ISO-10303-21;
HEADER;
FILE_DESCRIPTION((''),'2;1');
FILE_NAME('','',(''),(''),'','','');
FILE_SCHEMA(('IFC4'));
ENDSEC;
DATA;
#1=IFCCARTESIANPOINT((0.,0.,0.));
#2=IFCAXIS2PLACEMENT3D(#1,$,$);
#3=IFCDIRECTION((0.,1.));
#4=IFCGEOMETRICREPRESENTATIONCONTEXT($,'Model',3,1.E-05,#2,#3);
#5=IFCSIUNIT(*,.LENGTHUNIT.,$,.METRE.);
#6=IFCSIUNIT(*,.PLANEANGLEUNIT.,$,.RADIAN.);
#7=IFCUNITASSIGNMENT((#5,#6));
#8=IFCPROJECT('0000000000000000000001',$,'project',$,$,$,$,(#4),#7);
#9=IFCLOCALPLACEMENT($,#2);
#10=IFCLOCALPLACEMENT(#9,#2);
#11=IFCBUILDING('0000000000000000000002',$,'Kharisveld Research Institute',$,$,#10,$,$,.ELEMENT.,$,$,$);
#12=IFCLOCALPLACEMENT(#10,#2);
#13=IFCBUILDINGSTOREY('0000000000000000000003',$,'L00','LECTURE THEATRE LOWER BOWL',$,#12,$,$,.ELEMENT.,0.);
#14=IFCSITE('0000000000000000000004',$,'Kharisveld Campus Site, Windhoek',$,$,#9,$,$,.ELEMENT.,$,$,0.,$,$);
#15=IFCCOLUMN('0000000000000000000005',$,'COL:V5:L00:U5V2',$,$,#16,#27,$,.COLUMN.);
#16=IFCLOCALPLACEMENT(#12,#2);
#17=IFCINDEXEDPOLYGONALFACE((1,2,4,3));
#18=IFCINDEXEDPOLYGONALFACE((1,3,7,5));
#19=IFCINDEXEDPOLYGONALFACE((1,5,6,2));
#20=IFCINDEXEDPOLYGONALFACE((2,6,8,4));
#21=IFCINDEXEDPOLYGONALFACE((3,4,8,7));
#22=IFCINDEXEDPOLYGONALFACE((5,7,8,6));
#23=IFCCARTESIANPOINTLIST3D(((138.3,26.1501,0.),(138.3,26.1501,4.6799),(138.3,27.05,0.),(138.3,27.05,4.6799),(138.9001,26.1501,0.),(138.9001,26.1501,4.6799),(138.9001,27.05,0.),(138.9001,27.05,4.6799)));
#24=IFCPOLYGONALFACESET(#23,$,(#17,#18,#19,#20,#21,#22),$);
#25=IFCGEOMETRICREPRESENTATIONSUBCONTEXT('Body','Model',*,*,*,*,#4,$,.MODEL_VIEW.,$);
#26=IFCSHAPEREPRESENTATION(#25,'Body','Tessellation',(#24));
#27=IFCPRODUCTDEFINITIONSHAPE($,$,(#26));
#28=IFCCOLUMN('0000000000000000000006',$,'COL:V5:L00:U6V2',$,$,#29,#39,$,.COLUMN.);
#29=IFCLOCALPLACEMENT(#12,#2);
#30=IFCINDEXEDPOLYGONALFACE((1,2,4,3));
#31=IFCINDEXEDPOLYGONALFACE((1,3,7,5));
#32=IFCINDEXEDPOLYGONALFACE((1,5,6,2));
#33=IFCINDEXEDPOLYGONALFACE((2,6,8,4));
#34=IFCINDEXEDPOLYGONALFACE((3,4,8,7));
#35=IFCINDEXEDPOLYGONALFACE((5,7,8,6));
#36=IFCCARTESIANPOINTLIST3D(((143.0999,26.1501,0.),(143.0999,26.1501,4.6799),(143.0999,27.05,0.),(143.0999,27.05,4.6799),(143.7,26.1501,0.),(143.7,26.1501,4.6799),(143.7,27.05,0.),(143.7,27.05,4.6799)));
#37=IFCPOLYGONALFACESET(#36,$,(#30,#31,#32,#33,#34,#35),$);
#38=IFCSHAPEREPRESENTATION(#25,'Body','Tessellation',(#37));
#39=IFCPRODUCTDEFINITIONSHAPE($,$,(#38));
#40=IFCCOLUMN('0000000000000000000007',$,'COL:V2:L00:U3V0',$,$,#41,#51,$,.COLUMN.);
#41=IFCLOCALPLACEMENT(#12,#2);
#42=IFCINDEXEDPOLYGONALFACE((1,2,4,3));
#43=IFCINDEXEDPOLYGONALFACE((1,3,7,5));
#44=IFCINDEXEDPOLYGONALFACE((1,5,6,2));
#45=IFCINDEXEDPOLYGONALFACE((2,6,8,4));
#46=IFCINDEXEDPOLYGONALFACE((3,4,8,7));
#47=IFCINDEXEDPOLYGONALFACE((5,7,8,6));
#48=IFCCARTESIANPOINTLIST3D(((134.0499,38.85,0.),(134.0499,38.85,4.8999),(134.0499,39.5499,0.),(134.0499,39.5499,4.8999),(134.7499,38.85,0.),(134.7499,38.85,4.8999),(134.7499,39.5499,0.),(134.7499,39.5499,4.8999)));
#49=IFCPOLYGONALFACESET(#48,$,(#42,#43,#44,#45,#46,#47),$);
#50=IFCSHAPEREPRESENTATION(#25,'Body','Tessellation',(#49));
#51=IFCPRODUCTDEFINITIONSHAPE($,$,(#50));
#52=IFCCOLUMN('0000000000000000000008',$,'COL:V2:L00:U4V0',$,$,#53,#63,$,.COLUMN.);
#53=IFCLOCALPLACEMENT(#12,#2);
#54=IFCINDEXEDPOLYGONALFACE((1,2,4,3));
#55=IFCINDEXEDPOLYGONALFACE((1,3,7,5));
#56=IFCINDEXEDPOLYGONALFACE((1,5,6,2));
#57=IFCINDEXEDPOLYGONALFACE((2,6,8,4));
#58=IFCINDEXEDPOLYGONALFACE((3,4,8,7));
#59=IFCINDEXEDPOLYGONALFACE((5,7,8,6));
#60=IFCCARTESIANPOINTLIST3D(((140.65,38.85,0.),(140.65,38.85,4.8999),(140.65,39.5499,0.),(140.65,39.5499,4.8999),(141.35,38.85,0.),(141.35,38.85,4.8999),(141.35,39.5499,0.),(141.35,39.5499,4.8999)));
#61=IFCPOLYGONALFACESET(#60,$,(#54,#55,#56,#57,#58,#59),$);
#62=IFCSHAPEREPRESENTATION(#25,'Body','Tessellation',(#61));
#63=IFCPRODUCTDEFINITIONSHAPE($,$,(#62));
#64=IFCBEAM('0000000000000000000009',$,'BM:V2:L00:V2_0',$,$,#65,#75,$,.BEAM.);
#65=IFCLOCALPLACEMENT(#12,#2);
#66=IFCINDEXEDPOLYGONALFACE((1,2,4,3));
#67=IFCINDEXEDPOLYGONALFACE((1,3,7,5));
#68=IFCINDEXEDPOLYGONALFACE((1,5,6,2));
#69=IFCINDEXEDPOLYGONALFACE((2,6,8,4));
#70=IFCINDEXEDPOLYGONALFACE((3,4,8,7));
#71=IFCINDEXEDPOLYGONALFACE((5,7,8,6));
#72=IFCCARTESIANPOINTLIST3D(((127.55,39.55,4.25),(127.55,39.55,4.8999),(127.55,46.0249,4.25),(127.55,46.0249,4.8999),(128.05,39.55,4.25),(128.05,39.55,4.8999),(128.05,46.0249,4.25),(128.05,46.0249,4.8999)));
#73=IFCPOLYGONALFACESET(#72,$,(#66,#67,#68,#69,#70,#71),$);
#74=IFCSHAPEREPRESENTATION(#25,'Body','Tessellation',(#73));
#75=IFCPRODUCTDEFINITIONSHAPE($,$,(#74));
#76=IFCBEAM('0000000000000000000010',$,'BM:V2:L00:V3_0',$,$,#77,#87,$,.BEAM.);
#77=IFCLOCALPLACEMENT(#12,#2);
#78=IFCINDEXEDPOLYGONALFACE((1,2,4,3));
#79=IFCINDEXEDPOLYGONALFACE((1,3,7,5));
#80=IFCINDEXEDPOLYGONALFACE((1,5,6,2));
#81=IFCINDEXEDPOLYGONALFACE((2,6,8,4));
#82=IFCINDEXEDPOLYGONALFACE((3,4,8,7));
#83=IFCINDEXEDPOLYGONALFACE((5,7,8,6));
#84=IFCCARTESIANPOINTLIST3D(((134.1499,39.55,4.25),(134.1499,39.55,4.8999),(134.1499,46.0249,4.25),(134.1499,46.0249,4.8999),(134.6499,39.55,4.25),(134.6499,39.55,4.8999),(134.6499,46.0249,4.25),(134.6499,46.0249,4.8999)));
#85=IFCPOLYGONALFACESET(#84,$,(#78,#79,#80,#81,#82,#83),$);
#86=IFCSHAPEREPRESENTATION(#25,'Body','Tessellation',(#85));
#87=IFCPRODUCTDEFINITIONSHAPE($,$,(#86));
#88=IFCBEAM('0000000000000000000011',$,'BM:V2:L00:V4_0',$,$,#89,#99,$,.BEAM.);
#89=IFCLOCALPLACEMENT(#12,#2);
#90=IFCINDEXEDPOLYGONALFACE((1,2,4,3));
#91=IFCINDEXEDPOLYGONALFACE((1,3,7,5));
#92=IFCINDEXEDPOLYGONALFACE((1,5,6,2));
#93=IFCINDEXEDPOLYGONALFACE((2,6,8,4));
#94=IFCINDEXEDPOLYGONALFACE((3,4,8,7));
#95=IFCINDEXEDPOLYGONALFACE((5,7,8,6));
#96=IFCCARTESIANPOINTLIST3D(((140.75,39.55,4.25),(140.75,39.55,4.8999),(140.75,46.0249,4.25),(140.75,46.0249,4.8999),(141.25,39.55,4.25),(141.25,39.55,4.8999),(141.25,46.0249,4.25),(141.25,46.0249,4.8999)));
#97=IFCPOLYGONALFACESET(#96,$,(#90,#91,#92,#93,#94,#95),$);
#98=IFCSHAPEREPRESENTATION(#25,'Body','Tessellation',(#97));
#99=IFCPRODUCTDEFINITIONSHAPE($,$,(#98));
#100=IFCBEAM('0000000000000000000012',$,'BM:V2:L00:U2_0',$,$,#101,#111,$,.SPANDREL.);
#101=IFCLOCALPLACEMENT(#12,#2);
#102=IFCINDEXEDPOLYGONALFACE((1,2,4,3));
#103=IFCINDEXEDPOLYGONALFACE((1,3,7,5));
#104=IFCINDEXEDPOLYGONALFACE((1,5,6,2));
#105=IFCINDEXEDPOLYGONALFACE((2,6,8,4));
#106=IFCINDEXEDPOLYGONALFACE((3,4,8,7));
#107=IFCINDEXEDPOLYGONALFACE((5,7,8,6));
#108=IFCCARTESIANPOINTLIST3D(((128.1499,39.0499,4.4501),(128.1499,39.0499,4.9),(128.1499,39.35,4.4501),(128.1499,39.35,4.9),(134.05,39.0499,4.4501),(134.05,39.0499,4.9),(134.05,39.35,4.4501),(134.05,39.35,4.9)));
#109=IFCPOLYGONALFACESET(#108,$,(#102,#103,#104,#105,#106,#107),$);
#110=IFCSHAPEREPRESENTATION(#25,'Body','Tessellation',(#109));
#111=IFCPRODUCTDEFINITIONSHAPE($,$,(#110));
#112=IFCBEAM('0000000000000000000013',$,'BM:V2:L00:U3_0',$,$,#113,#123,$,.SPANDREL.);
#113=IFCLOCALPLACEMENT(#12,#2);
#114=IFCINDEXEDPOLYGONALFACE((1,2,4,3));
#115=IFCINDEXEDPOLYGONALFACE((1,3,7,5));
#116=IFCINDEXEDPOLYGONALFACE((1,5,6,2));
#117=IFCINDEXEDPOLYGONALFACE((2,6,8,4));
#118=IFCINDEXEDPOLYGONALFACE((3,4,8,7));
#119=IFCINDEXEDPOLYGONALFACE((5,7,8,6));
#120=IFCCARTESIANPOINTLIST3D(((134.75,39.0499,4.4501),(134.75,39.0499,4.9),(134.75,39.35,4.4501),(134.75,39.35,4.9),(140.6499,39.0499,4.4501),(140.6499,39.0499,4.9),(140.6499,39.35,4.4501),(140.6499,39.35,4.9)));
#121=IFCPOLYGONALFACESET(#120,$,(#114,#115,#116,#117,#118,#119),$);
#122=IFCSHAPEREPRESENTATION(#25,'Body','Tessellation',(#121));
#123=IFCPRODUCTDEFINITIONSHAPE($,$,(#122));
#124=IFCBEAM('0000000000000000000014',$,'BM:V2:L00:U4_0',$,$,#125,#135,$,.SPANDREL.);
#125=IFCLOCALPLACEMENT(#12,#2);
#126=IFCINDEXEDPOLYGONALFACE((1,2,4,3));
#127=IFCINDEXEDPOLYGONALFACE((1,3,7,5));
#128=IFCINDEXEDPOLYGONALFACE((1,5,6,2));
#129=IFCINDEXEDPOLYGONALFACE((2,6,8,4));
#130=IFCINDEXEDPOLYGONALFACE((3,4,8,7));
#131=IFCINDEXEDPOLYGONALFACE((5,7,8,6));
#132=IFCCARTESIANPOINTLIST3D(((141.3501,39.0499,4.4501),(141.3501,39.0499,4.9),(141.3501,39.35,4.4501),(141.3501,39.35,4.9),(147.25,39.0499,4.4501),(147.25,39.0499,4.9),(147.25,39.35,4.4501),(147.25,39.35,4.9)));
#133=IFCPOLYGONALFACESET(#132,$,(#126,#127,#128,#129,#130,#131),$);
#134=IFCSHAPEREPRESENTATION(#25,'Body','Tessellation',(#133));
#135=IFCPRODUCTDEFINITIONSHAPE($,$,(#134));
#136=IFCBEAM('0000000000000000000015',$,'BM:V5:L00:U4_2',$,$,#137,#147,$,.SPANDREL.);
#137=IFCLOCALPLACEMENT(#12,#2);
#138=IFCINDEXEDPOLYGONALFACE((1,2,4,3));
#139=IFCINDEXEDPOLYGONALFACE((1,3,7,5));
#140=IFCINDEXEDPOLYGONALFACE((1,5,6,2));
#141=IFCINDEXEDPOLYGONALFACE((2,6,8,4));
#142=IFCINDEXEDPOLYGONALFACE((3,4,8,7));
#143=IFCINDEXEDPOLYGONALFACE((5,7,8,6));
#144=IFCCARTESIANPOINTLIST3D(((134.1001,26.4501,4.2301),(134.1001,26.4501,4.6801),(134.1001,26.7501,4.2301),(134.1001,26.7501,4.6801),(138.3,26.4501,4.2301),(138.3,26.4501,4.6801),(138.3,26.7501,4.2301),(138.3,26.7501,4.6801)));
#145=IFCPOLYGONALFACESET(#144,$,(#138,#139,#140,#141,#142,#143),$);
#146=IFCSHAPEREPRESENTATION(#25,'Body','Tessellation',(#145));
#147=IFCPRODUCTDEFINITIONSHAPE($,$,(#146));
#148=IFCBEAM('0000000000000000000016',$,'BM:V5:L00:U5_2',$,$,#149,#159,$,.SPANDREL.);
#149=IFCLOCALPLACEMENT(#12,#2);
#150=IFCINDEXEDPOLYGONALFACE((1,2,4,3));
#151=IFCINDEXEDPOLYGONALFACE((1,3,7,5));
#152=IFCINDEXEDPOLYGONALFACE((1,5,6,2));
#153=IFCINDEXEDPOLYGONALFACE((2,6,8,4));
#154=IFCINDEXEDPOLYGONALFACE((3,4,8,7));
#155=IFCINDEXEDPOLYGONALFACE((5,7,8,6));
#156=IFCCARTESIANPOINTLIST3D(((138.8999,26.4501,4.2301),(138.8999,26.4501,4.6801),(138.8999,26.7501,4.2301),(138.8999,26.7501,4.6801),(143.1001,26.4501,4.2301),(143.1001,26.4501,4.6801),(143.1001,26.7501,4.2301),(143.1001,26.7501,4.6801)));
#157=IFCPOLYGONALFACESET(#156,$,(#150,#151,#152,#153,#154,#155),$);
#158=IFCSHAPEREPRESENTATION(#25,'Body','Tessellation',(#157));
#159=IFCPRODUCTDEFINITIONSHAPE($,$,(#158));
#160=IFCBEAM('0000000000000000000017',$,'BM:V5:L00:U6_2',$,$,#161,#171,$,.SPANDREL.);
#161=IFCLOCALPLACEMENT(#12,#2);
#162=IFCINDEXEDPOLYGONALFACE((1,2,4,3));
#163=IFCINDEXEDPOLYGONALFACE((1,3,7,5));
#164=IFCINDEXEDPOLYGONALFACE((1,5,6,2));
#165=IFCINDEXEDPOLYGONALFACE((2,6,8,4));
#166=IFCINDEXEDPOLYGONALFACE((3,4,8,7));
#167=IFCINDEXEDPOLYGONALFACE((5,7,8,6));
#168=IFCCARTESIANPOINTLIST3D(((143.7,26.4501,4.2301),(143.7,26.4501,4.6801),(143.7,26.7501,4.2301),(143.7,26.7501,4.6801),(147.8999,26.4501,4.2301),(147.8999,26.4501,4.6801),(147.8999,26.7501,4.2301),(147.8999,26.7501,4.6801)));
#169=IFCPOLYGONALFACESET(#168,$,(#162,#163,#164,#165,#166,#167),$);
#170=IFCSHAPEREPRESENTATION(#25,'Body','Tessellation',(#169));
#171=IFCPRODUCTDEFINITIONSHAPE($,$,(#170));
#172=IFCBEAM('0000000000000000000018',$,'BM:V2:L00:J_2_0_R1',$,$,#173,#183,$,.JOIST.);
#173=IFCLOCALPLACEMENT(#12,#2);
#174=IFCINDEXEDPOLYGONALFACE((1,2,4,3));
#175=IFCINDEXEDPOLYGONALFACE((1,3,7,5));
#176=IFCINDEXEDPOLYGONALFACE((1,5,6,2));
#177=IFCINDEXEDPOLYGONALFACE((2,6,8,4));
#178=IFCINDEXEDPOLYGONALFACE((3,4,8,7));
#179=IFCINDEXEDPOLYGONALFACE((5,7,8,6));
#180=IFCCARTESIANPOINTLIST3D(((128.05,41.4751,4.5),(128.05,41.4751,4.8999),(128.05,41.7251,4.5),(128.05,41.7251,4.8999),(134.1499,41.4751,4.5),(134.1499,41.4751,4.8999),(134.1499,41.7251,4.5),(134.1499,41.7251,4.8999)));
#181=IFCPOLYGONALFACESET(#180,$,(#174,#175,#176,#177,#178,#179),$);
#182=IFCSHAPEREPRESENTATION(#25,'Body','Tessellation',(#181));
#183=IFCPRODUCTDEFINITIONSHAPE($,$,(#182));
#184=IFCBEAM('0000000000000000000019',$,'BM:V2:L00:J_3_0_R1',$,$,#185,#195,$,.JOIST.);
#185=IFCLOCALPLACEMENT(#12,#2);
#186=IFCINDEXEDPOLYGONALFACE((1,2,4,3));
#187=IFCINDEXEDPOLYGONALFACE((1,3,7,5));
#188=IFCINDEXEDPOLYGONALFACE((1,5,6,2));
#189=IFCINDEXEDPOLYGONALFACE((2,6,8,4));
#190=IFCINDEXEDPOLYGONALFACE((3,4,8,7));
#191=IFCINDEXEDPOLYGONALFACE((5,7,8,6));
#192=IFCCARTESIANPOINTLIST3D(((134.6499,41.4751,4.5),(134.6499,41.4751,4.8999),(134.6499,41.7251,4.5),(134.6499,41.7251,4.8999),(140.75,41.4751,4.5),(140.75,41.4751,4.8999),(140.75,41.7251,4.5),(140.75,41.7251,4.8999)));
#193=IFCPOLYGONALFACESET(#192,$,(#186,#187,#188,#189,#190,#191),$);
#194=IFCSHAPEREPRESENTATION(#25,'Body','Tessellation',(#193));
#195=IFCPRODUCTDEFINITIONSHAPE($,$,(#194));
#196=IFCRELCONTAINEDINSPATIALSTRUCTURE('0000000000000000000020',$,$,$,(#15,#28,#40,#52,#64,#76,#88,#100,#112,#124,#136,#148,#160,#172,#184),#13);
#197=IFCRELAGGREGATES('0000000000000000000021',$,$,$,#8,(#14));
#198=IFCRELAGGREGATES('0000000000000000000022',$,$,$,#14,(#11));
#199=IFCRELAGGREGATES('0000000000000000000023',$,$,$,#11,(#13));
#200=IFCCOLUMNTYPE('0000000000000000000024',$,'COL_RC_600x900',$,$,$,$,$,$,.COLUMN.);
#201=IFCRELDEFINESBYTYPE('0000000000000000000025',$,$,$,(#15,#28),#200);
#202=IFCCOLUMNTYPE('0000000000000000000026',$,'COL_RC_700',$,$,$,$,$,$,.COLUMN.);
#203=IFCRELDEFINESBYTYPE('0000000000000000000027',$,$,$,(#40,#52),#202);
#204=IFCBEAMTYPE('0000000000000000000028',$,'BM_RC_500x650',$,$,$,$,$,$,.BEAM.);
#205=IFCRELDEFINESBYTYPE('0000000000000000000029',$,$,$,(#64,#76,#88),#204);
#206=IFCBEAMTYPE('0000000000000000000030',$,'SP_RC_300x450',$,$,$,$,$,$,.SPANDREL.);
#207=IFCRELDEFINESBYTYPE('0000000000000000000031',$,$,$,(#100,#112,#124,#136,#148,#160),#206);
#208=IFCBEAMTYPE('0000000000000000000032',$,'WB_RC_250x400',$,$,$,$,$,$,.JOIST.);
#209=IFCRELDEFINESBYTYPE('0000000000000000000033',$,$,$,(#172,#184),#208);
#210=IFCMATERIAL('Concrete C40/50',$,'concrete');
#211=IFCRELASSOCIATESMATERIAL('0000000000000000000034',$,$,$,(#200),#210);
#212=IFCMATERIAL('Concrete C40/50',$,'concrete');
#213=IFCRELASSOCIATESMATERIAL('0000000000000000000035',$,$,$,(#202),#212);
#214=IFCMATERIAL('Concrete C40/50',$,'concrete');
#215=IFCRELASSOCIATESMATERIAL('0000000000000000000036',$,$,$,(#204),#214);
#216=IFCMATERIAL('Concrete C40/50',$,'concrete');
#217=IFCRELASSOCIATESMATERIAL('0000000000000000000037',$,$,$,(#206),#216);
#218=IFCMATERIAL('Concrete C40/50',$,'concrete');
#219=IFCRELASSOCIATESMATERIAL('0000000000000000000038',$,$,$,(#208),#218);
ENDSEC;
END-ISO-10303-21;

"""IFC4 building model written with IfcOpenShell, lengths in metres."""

from ifc_helpers import new_model, si_unit, direction, frame, origin, origin_2d, place, context, subcontext, project, spatial, rectangle, extrude, material, material_profile, profile_set, type_object, element, save


model = new_model("IFC4")

# Units and contexts
model_context = context("Model", 3, precision=1e-05, world=origin(), true_north=direction((0.0, 1.0)))
body_context = subcontext(model_context, "Body", "Model", "MODEL_VIEW")
ifc_project = project(units=[si_unit("LENGTHUNIT", "METRE"), si_unit("PLANEANGLEUNIT", "RADIAN")], contexts=[model_context])

# Site, building, storey
site_placement = place(None, origin())
site = spatial("IfcSite", under=ifc_project, at=site_placement, Name="Kharisveld Campus Site, Windhoek", CompositionType="ELEMENT", RefElevation=0.0)
building_placement = place(site_placement, origin())
building = spatial("IfcBuilding", under=site, at=building_placement, Name="Kharisveld Research Institute", CompositionType="ELEMENT")
storey_placement = place(building_placement, origin())
storey = spatial("IfcBuildingStorey", under=building, at=storey_placement, Name="L00", Description="LECTURE THEATRE LOWER BOWL", CompositionType="ELEMENT", Elevation=0.0)

# Columns
ifc_material_1 = material(Name="Concrete C40/50", Category="concrete")
ifc_material_profile_1 = material_profile(ifc_material_1, rectangle(XDim=0.6001, YDim=0.8999, at=origin_2d()))
ifc_profile_set_1 = profile_set([ifc_material_profile_1], Name="Concrete C40/50")
column_type_1 = type_object("IfcColumnType", Name="COL_RC_600x900", PredefinedType="COLUMN", material=ifc_profile_set_1)
for number, where, z_axis, x_axis, name in (
    (1, (138.6001, 26.6001, 0.0), (0.0, 0.0, 1.0), (1.0, 0.0, 0.0), "COL:V5:L00:U5V2"),
    (2, (143.3999, 26.6001, 0.0), (0.0, 0.0, 1.0), (1.0, 0.0, 0.0), "COL:V5:L00:U6V2"),
):
    element("IfcColumn", number, at=place(storey_placement, frame(where, z_axis=z_axis, x_axis=x_axis)), inside=storey, type_object=column_type_1, Name=name, PredefinedType="COLUMN", context=body_context, shape_type="SweptSolid", body=[
        extrude(rectangle(XDim=0.6001, YDim=0.8999, at=origin_2d()), origin(), (0.0, 0.0, 1.0), 4.6799),
    ])
ifc_material_2 = material(Name="Concrete C40/50", Category="concrete")
ifc_material_profile_2 = material_profile(ifc_material_2, rectangle(XDim=0.7, YDim=0.7, at=origin_2d()))
ifc_profile_set_2 = profile_set([ifc_material_profile_2], Name="Concrete C40/50")
column_type_2 = type_object("IfcColumnType", Name="COL_RC_700", PredefinedType="COLUMN", material=ifc_profile_set_2)
for number, where, z_axis, x_axis, name in (
    (3, (134.3999, 39.2, 0.0), (0.0, 0.0, 1.0), (1.0, 0.0, 0.0), "COL:V2:L00:U3V0"),
    (4, (141.0, 39.2, 0.0), (0.0, 0.0, 1.0), (1.0, 0.0, 0.0), "COL:V2:L00:U4V0"),
):
    element("IfcColumn", number, at=place(storey_placement, frame(where, z_axis=z_axis, x_axis=x_axis)), inside=storey, type_object=column_type_2, Name=name, PredefinedType="COLUMN", context=body_context, shape_type="SweptSolid", body=[
        extrude(rectangle(XDim=0.7, YDim=0.7, at=origin_2d()), origin(), (0.0, 0.0, 1.0), 4.8999),
    ])

# Beams
ifc_material_3 = material(Name="Concrete C40/50", Category="concrete")
ifc_material_profile_3 = material_profile(ifc_material_3, rectangle(XDim=0.5, YDim=0.6499, at=origin_2d()))
ifc_profile_set_3 = profile_set([ifc_material_profile_3], Name="Concrete C40/50")
beam_type_1 = type_object("IfcBeamType", Name="BM_RC_500x650", PredefinedType="BEAM", material=ifc_profile_set_3)
for number, where, z_axis, x_axis, name in (
    (5, (127.8, 39.55, 4.575), (0.0, 1.0, 0.0), (-1.0, 0.0, 0.0), "BM:V2:L00:V2_0"),
    (6, (134.3999, 39.55, 4.575), (0.0, 1.0, 0.0), (-1.0, 0.0, 0.0), "BM:V2:L00:V3_0"),
    (7, (141.0, 39.55, 4.575), (0.0, 1.0, 0.0), (-1.0, 0.0, 0.0), "BM:V2:L00:V4_0"),
):
    element("IfcBeam", number, at=place(storey_placement, frame(where, z_axis=z_axis, x_axis=x_axis)), inside=storey, type_object=beam_type_1, Name=name, PredefinedType="BEAM", context=body_context, shape_type="SweptSolid", body=[
        extrude(rectangle(XDim=0.5, YDim=0.6499, at=origin_2d()), origin(), (0.0, 0.0, 1.0), 6.4749),
    ])
ifc_material_4 = material(Name="Concrete C40/50", Category="concrete")
ifc_material_profile_4 = material_profile(ifc_material_4, rectangle(XDim=0.3, YDim=0.45, at=origin_2d()))
ifc_profile_set_4 = profile_set([ifc_material_profile_4], Name="Concrete C40/50")
beam_type_2 = type_object("IfcBeamType", Name="SP_RC_300x450", PredefinedType="SPANDREL", material=ifc_profile_set_4)
beam_1_placement = place(storey_placement, frame((128.1499, 39.2, 4.675), z_axis=(1.0, 0.0, 0.0), x_axis=(0.0, 1.0, 0.0)))
element("IfcBeam", 8, at=beam_1_placement, inside=storey, type_object=beam_type_2, Name="BM:V2:L00:U2_0", PredefinedType="SPANDREL", context=body_context, shape_type="SweptSolid", body=[
    extrude(rectangle(XDim=0.3, YDim=0.45, at=origin_2d()), origin(), (0.0, 0.0, 1.0), 5.9001),
])
for number, where, z_axis, x_axis, name in (
    (9, (134.75, 39.2, 4.675), (1.0, 0.0, 0.0), (0.0, 1.0, 0.0), "BM:V2:L00:U3_0"),
    (10, (141.3501, 39.2, 4.675), (1.0, 0.0, 0.0), (0.0, 1.0, 0.0), "BM:V2:L00:U4_0"),
):
    element("IfcBeam", number, at=place(storey_placement, frame(where, z_axis=z_axis, x_axis=x_axis)), inside=storey, type_object=beam_type_2, Name=name, PredefinedType="SPANDREL", context=body_context, shape_type="SweptSolid", body=[
        extrude(rectangle(XDim=0.3, YDim=0.45, at=origin_2d()), origin(), (0.0, 0.0, 1.0), 5.8999),
    ])
beam_2_placement = place(storey_placement, frame((134.1001, 26.6001, 4.4551), z_axis=(1.0, 0.0, 0.0), x_axis=(0.0, 1.0, 0.0)))
element("IfcBeam", 11, at=beam_2_placement, inside=storey, type_object=beam_type_2, Name="BM:V5:L00:U4_2", PredefinedType="SPANDREL", context=body_context, shape_type="SweptSolid", body=[
    extrude(rectangle(XDim=0.3, YDim=0.45, at=origin_2d()), origin(), (0.0, 0.0, 1.0), 4.2),
])
beam_3_placement = place(storey_placement, frame((138.8999, 26.6001, 4.4551), z_axis=(1.0, 0.0, 0.0), x_axis=(0.0, 1.0, 0.0)))
element("IfcBeam", 12, at=beam_3_placement, inside=storey, type_object=beam_type_2, Name="BM:V5:L00:U5_2", PredefinedType="SPANDREL", context=body_context, shape_type="SweptSolid", body=[
    extrude(rectangle(XDim=0.3, YDim=0.45, at=origin_2d()), origin(), (0.0, 0.0, 1.0), 4.2002),
])
beam_4_placement = place(storey_placement, frame((143.7, 26.6001, 4.4551), z_axis=(1.0, 0.0, 0.0), x_axis=(0.0, 1.0, 0.0)))
element("IfcBeam", 13, at=beam_4_placement, inside=storey, type_object=beam_type_2, Name="BM:V5:L00:U6_2", PredefinedType="SPANDREL", context=body_context, shape_type="SweptSolid", body=[
    extrude(rectangle(XDim=0.3, YDim=0.45, at=origin_2d()), origin(), (0.0, 0.0, 1.0), 4.2),
])
ifc_material_5 = material(Name="Concrete C40/50", Category="concrete")
ifc_material_profile_5 = material_profile(ifc_material_5, rectangle(XDim=0.25, YDim=0.3999, at=origin_2d()))
ifc_profile_set_5 = profile_set([ifc_material_profile_5], Name="Concrete C40/50")
beam_type_3 = type_object("IfcBeamType", Name="WB_RC_250x400", PredefinedType="JOIST", material=ifc_profile_set_5)
beam_5_placement = place(storey_placement, frame((128.05, 41.6001, 4.7), z_axis=(1.0, 0.0, 0.0), x_axis=(0.0, 1.0, 0.0)))
element("IfcBeam", 14, at=beam_5_placement, inside=storey, type_object=beam_type_3, Name="BM:V2:L00:J_2_0_R1", PredefinedType="JOIST", context=body_context, shape_type="SweptSolid", body=[
    extrude(rectangle(XDim=0.25, YDim=0.3999, at=origin_2d()), origin(), (0.0, 0.0, 1.0), 6.0999),
])
for number, where, z_axis, x_axis, name in (
    (15, (134.6499, 41.6001, 4.7), (1.0, 0.0, 0.0), (0.0, 1.0, 0.0), "BM:V2:L00:J_3_0_R1"),
):
    element("IfcBeam", number, at=place(storey_placement, frame(where, z_axis=z_axis, x_axis=x_axis)), inside=storey, type_object=beam_type_3, Name=name, PredefinedType="JOIST", context=body_context, shape_type="SweptSolid", body=[
        extrude(rectangle(XDim=0.25, YDim=0.3999, at=origin_2d()), origin(), (0.0, 0.0, 1.0), 6.1001),
    ])

save(model, "model.ifc")
